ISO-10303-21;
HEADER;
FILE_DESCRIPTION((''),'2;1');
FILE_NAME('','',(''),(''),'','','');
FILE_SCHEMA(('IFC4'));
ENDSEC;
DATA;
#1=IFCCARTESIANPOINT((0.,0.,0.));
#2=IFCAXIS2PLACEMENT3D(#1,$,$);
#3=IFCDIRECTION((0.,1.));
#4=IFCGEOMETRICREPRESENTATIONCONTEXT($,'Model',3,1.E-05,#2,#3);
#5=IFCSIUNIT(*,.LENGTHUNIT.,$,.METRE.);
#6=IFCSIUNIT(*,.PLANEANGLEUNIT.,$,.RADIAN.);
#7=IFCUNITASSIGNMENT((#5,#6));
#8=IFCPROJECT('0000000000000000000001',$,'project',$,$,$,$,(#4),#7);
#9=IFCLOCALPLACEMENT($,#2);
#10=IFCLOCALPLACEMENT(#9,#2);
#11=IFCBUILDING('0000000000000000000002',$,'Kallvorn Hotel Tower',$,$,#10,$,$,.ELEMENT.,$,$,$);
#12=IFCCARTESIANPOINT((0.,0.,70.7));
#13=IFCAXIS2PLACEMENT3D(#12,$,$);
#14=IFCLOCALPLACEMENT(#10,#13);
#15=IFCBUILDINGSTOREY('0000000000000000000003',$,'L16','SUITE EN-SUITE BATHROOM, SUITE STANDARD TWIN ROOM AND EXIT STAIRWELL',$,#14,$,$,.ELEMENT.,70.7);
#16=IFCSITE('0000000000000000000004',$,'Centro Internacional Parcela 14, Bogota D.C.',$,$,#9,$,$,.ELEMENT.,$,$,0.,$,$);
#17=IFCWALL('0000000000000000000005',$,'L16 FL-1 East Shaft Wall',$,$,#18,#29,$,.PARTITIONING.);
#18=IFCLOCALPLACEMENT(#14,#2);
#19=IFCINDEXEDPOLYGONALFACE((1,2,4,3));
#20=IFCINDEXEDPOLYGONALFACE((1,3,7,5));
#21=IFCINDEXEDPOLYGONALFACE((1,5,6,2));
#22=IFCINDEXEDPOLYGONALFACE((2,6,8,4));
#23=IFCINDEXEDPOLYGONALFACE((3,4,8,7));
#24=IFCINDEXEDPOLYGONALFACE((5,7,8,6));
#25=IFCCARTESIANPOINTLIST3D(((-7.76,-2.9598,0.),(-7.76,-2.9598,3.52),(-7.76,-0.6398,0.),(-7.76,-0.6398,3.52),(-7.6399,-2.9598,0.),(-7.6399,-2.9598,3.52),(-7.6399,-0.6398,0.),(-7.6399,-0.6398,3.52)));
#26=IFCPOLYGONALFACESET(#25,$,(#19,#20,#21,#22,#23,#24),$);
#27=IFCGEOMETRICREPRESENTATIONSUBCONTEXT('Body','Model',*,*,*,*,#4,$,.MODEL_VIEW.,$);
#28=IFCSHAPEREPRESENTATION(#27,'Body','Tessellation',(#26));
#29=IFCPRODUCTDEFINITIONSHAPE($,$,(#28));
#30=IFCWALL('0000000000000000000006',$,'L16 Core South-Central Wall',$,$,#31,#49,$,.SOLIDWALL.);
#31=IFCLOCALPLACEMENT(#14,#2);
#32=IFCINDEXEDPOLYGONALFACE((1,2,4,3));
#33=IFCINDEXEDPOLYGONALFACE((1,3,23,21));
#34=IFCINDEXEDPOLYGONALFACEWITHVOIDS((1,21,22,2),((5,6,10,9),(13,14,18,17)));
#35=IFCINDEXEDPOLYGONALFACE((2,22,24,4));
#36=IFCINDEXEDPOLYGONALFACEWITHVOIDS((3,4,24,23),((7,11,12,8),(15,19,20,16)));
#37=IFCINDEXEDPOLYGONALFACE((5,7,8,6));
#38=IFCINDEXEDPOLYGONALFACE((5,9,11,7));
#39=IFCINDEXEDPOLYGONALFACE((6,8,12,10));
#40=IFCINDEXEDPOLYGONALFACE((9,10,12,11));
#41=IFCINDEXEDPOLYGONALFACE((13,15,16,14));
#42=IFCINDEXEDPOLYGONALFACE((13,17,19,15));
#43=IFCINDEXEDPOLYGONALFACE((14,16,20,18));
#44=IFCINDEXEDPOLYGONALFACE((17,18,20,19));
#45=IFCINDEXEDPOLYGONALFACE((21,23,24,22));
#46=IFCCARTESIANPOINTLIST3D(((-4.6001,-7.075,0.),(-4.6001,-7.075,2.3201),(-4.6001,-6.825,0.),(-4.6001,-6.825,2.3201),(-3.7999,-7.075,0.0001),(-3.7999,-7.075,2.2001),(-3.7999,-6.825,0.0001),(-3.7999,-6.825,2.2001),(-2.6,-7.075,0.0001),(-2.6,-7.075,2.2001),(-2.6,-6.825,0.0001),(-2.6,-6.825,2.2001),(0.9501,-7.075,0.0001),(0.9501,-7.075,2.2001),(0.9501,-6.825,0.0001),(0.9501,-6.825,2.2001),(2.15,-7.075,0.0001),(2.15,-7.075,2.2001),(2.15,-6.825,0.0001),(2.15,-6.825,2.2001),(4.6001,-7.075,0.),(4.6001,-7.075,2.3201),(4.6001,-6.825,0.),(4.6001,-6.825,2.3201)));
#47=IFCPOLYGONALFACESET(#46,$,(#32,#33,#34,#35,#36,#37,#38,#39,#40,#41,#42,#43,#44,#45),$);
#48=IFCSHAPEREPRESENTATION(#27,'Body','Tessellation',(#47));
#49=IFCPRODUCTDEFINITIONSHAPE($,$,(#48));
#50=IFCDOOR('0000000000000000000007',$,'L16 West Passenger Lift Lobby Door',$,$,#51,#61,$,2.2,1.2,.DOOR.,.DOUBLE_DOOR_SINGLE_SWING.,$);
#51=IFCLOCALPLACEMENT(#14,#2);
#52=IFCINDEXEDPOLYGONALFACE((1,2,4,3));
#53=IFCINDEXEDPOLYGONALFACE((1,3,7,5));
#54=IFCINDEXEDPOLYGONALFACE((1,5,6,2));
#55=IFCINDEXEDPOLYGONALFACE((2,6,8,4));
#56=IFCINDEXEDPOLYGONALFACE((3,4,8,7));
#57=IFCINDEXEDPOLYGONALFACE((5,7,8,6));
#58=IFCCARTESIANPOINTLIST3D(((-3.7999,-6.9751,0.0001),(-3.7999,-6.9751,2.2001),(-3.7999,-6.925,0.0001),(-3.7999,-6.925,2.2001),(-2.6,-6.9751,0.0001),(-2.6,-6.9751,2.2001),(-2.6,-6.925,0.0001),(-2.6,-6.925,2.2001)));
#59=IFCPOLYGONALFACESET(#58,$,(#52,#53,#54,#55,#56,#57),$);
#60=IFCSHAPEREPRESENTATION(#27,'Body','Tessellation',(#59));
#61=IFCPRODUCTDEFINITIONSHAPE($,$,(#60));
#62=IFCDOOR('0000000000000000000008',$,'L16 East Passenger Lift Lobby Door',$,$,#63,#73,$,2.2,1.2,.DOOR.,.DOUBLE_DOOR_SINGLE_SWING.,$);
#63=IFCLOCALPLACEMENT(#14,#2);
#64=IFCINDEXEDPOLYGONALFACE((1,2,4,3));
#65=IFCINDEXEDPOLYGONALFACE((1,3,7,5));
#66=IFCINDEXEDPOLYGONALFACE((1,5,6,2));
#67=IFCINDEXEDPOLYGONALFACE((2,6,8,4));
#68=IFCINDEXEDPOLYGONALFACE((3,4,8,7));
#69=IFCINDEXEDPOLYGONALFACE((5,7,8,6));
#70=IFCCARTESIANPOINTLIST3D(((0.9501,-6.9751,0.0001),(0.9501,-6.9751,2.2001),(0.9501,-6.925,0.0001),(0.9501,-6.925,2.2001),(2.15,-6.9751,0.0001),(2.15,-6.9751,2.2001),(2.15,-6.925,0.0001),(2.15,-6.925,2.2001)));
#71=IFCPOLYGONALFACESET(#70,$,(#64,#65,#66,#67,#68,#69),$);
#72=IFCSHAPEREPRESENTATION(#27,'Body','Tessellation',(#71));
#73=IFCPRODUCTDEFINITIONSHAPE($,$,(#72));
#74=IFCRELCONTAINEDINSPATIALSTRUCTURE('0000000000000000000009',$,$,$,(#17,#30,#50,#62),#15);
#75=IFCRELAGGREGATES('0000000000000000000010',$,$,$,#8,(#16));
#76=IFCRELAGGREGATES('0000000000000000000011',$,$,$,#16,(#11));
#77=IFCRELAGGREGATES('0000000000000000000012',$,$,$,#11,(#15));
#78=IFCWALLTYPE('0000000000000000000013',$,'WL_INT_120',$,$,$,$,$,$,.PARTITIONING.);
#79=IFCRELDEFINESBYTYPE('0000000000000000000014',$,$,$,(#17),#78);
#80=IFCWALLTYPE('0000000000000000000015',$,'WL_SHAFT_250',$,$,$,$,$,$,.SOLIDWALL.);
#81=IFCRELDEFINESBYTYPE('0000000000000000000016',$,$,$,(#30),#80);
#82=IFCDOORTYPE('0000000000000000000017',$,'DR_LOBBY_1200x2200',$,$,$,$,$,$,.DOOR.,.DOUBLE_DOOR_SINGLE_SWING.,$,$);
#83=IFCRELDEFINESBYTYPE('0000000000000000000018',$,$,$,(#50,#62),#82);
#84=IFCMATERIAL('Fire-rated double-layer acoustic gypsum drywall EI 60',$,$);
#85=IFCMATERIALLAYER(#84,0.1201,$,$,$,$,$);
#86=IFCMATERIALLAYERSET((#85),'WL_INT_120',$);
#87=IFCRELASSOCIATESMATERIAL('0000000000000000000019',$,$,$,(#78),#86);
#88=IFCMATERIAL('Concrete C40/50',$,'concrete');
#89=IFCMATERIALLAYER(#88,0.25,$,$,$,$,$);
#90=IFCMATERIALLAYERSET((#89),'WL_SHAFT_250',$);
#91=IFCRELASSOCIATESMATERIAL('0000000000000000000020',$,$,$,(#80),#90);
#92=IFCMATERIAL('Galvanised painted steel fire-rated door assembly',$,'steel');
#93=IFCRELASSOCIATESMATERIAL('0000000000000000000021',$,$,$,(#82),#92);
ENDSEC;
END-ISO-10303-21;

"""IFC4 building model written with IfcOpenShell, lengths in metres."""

from ifc_helpers import new_model, si_unit, direction, frame, frame_2d, origin, place, context, subcontext, project, spatial, rectangle, extrude, material, layer, layer_set, type_object, element, fill, save


model = new_model("IFC4")

# Units and contexts
model_context = context("Model", 3, precision=1e-05, world=origin(), true_north=direction((0.0, 1.0)))
body_context = subcontext(model_context, "Body", "Model", "MODEL_VIEW")
ifc_project = project(units=[si_unit("LENGTHUNIT", "METRE"), si_unit("PLANEANGLEUNIT", "RADIAN")], contexts=[model_context])

# Site, building, storey
site_placement = place(None, origin())
site = spatial("IfcSite", under=ifc_project, at=site_placement, Name="Centro Internacional Parcela 14, Bogota D.C.", CompositionType="ELEMENT", RefElevation=0.0)
building_placement = place(site_placement, origin())
building = spatial("IfcBuilding", under=site, at=building_placement, Name="Kallvorn Hotel Tower", CompositionType="ELEMENT")
storey_placement = place(building_placement, frame((0.0, 0.0, 70.7)))
storey = spatial("IfcBuildingStorey", under=building, at=storey_placement, Name="L16", Description="SUITE EN-SUITE BATHROOM, SUITE STANDARD TWIN ROOM AND EXIT STAIRWELL", CompositionType="ELEMENT", Elevation=70.7)

# Wall
ifc_material_1 = material(Name="Fire-rated double-layer acoustic gypsum drywall EI 60")
ifc_layer_1 = layer(ifc_material_1, 0.1201)
ifc_layer_set_1 = layer_set([ifc_layer_1], Name="WL_INT_120")
wall_type_1 = type_object("IfcWallType", Name="WL_INT_120", PredefinedType="PARTITIONING", material=ifc_layer_set_1)
wall_1_placement = place(storey_placement, frame((-7.7, -2.96, 0.0), z_axis=(0.0, 0.0, 1.0), x_axis=(0.0, 1.0, 0.0)))
element("IfcWall", 1, at=wall_1_placement, inside=storey, type_object=wall_type_1, Name="L16 FL-1 East Shaft Wall", PredefinedType="PARTITIONING", context=body_context, shape_type="SweptSolid", body=[
    extrude(rectangle(XDim=2.3201, YDim=0.1201, at=frame_2d((1.1602, 0.0))), origin(), (0.0, 0.0, 1.0), 3.52),
])

# Wall, openings, doors
ifc_material_2 = material(Name="Concrete C40/50", Category="concrete")
ifc_layer_2 = layer(ifc_material_2, 0.25)
ifc_layer_set_2 = layer_set([ifc_layer_2], Name="WL_SHAFT_250")
wall_type_2 = type_object("IfcWallType", Name="WL_SHAFT_250", PredefinedType="SOLIDWALL", material=ifc_layer_set_2)
wall_2_placement = place(storey_placement, frame((-4.6001, -6.95, 0.0), z_axis=(0.0, 0.0, 1.0), x_axis=(1.0, 0.0, 0.0)))
wall_2 = element("IfcWall", 2, at=wall_2_placement, inside=storey, type_object=wall_type_2, Name="L16 Core South-Central Wall", PredefinedType="SOLIDWALL", context=body_context, shape_type="SweptSolid", body=[
    extrude(rectangle(XDim=9.2002, YDim=0.25, at=frame_2d((4.6001, 0.0))), origin(), (0.0, 0.0, 1.0), 2.3201),
])
opening_1_placement = place(wall_2_placement, frame((0.8, 0.0, 0.0)))
opening_1 = element("IfcOpeningElement", 3, at=opening_1_placement, cuts=wall_2, PredefinedType="OPENING", context=body_context, shape_type="SweptSolid", body=[
    extrude(rectangle(XDim=1.2, YDim=2.2, at=frame_2d((0.6001, 1.1001))), frame((0.0, 0.1399, 0.0), z_axis=(0.0, -1.0, 0.0), x_axis=(1.0, 0.0, 0.0)), (0.0, 0.0, 1.0), 0.28),
])
opening_2_placement = place(wall_2_placement, frame((5.55, 0.0, 0.0)))
opening_2 = element("IfcOpeningElement", 4, at=opening_2_placement, cuts=wall_2, PredefinedType="OPENING", context=body_context, shape_type="SweptSolid", body=[
    extrude(rectangle(XDim=1.2, YDim=2.2, at=frame_2d((0.6001, 1.1001))), frame((0.0, 0.1399, 0.0), z_axis=(0.0, -1.0, 0.0), x_axis=(1.0, 0.0, 0.0)), (0.0, 0.0, 1.0), 0.28),
])
ifc_material_3 = material(Name="Galvanised painted steel fire-rated door assembly", Category="steel")
door_type_1 = type_object("IfcDoorType", Name="DR_LOBBY_1200x2200", OperationType="DOUBLE_DOOR_SINGLE_SWING", PredefinedType="DOOR", material=ifc_material_3)
door_1_placement = place(opening_1_placement, origin())
door_1 = element("IfcDoor", 5, at=door_1_placement, inside=storey, type_object=door_type_1, Name="L16 West Passenger Lift Lobby Door", OperationType="DOUBLE_DOOR_SINGLE_SWING", OverallHeight=2.2, OverallWidth=1.2, PredefinedType="DOOR", context=body_context, shape_type="SweptSolid", body=[
    extrude(rectangle(XDim=1.2, YDim=2.2, at=frame_2d((0.6001, 1.1001))), frame((0.0, 0.0249, 0.0), z_axis=(0.0, -1.0, 0.0), x_axis=(1.0, 0.0, 0.0)), (0.0, 0.0, 1.0), 0.05),
])
fill(opening_1, door_1)
door_2_placement = place(opening_2_placement, origin())
door_2 = element("IfcDoor", 6, at=door_2_placement, inside=storey, type_object=door_type_1, Name="L16 East Passenger Lift Lobby Door", OperationType="DOUBLE_DOOR_SINGLE_SWING", OverallHeight=2.2, OverallWidth=1.2, PredefinedType="DOOR", context=body_context, shape_type="SweptSolid", body=[
    extrude(rectangle(XDim=1.2, YDim=2.2, at=frame_2d((0.6001, 1.1001))), frame((0.0, 0.0249, 0.0), z_axis=(0.0, -1.0, 0.0), x_axis=(1.0, 0.0, 0.0)), (0.0, 0.0, 1.0), 0.05),
])
fill(opening_2, door_2)

save(model, "model.ifc")
